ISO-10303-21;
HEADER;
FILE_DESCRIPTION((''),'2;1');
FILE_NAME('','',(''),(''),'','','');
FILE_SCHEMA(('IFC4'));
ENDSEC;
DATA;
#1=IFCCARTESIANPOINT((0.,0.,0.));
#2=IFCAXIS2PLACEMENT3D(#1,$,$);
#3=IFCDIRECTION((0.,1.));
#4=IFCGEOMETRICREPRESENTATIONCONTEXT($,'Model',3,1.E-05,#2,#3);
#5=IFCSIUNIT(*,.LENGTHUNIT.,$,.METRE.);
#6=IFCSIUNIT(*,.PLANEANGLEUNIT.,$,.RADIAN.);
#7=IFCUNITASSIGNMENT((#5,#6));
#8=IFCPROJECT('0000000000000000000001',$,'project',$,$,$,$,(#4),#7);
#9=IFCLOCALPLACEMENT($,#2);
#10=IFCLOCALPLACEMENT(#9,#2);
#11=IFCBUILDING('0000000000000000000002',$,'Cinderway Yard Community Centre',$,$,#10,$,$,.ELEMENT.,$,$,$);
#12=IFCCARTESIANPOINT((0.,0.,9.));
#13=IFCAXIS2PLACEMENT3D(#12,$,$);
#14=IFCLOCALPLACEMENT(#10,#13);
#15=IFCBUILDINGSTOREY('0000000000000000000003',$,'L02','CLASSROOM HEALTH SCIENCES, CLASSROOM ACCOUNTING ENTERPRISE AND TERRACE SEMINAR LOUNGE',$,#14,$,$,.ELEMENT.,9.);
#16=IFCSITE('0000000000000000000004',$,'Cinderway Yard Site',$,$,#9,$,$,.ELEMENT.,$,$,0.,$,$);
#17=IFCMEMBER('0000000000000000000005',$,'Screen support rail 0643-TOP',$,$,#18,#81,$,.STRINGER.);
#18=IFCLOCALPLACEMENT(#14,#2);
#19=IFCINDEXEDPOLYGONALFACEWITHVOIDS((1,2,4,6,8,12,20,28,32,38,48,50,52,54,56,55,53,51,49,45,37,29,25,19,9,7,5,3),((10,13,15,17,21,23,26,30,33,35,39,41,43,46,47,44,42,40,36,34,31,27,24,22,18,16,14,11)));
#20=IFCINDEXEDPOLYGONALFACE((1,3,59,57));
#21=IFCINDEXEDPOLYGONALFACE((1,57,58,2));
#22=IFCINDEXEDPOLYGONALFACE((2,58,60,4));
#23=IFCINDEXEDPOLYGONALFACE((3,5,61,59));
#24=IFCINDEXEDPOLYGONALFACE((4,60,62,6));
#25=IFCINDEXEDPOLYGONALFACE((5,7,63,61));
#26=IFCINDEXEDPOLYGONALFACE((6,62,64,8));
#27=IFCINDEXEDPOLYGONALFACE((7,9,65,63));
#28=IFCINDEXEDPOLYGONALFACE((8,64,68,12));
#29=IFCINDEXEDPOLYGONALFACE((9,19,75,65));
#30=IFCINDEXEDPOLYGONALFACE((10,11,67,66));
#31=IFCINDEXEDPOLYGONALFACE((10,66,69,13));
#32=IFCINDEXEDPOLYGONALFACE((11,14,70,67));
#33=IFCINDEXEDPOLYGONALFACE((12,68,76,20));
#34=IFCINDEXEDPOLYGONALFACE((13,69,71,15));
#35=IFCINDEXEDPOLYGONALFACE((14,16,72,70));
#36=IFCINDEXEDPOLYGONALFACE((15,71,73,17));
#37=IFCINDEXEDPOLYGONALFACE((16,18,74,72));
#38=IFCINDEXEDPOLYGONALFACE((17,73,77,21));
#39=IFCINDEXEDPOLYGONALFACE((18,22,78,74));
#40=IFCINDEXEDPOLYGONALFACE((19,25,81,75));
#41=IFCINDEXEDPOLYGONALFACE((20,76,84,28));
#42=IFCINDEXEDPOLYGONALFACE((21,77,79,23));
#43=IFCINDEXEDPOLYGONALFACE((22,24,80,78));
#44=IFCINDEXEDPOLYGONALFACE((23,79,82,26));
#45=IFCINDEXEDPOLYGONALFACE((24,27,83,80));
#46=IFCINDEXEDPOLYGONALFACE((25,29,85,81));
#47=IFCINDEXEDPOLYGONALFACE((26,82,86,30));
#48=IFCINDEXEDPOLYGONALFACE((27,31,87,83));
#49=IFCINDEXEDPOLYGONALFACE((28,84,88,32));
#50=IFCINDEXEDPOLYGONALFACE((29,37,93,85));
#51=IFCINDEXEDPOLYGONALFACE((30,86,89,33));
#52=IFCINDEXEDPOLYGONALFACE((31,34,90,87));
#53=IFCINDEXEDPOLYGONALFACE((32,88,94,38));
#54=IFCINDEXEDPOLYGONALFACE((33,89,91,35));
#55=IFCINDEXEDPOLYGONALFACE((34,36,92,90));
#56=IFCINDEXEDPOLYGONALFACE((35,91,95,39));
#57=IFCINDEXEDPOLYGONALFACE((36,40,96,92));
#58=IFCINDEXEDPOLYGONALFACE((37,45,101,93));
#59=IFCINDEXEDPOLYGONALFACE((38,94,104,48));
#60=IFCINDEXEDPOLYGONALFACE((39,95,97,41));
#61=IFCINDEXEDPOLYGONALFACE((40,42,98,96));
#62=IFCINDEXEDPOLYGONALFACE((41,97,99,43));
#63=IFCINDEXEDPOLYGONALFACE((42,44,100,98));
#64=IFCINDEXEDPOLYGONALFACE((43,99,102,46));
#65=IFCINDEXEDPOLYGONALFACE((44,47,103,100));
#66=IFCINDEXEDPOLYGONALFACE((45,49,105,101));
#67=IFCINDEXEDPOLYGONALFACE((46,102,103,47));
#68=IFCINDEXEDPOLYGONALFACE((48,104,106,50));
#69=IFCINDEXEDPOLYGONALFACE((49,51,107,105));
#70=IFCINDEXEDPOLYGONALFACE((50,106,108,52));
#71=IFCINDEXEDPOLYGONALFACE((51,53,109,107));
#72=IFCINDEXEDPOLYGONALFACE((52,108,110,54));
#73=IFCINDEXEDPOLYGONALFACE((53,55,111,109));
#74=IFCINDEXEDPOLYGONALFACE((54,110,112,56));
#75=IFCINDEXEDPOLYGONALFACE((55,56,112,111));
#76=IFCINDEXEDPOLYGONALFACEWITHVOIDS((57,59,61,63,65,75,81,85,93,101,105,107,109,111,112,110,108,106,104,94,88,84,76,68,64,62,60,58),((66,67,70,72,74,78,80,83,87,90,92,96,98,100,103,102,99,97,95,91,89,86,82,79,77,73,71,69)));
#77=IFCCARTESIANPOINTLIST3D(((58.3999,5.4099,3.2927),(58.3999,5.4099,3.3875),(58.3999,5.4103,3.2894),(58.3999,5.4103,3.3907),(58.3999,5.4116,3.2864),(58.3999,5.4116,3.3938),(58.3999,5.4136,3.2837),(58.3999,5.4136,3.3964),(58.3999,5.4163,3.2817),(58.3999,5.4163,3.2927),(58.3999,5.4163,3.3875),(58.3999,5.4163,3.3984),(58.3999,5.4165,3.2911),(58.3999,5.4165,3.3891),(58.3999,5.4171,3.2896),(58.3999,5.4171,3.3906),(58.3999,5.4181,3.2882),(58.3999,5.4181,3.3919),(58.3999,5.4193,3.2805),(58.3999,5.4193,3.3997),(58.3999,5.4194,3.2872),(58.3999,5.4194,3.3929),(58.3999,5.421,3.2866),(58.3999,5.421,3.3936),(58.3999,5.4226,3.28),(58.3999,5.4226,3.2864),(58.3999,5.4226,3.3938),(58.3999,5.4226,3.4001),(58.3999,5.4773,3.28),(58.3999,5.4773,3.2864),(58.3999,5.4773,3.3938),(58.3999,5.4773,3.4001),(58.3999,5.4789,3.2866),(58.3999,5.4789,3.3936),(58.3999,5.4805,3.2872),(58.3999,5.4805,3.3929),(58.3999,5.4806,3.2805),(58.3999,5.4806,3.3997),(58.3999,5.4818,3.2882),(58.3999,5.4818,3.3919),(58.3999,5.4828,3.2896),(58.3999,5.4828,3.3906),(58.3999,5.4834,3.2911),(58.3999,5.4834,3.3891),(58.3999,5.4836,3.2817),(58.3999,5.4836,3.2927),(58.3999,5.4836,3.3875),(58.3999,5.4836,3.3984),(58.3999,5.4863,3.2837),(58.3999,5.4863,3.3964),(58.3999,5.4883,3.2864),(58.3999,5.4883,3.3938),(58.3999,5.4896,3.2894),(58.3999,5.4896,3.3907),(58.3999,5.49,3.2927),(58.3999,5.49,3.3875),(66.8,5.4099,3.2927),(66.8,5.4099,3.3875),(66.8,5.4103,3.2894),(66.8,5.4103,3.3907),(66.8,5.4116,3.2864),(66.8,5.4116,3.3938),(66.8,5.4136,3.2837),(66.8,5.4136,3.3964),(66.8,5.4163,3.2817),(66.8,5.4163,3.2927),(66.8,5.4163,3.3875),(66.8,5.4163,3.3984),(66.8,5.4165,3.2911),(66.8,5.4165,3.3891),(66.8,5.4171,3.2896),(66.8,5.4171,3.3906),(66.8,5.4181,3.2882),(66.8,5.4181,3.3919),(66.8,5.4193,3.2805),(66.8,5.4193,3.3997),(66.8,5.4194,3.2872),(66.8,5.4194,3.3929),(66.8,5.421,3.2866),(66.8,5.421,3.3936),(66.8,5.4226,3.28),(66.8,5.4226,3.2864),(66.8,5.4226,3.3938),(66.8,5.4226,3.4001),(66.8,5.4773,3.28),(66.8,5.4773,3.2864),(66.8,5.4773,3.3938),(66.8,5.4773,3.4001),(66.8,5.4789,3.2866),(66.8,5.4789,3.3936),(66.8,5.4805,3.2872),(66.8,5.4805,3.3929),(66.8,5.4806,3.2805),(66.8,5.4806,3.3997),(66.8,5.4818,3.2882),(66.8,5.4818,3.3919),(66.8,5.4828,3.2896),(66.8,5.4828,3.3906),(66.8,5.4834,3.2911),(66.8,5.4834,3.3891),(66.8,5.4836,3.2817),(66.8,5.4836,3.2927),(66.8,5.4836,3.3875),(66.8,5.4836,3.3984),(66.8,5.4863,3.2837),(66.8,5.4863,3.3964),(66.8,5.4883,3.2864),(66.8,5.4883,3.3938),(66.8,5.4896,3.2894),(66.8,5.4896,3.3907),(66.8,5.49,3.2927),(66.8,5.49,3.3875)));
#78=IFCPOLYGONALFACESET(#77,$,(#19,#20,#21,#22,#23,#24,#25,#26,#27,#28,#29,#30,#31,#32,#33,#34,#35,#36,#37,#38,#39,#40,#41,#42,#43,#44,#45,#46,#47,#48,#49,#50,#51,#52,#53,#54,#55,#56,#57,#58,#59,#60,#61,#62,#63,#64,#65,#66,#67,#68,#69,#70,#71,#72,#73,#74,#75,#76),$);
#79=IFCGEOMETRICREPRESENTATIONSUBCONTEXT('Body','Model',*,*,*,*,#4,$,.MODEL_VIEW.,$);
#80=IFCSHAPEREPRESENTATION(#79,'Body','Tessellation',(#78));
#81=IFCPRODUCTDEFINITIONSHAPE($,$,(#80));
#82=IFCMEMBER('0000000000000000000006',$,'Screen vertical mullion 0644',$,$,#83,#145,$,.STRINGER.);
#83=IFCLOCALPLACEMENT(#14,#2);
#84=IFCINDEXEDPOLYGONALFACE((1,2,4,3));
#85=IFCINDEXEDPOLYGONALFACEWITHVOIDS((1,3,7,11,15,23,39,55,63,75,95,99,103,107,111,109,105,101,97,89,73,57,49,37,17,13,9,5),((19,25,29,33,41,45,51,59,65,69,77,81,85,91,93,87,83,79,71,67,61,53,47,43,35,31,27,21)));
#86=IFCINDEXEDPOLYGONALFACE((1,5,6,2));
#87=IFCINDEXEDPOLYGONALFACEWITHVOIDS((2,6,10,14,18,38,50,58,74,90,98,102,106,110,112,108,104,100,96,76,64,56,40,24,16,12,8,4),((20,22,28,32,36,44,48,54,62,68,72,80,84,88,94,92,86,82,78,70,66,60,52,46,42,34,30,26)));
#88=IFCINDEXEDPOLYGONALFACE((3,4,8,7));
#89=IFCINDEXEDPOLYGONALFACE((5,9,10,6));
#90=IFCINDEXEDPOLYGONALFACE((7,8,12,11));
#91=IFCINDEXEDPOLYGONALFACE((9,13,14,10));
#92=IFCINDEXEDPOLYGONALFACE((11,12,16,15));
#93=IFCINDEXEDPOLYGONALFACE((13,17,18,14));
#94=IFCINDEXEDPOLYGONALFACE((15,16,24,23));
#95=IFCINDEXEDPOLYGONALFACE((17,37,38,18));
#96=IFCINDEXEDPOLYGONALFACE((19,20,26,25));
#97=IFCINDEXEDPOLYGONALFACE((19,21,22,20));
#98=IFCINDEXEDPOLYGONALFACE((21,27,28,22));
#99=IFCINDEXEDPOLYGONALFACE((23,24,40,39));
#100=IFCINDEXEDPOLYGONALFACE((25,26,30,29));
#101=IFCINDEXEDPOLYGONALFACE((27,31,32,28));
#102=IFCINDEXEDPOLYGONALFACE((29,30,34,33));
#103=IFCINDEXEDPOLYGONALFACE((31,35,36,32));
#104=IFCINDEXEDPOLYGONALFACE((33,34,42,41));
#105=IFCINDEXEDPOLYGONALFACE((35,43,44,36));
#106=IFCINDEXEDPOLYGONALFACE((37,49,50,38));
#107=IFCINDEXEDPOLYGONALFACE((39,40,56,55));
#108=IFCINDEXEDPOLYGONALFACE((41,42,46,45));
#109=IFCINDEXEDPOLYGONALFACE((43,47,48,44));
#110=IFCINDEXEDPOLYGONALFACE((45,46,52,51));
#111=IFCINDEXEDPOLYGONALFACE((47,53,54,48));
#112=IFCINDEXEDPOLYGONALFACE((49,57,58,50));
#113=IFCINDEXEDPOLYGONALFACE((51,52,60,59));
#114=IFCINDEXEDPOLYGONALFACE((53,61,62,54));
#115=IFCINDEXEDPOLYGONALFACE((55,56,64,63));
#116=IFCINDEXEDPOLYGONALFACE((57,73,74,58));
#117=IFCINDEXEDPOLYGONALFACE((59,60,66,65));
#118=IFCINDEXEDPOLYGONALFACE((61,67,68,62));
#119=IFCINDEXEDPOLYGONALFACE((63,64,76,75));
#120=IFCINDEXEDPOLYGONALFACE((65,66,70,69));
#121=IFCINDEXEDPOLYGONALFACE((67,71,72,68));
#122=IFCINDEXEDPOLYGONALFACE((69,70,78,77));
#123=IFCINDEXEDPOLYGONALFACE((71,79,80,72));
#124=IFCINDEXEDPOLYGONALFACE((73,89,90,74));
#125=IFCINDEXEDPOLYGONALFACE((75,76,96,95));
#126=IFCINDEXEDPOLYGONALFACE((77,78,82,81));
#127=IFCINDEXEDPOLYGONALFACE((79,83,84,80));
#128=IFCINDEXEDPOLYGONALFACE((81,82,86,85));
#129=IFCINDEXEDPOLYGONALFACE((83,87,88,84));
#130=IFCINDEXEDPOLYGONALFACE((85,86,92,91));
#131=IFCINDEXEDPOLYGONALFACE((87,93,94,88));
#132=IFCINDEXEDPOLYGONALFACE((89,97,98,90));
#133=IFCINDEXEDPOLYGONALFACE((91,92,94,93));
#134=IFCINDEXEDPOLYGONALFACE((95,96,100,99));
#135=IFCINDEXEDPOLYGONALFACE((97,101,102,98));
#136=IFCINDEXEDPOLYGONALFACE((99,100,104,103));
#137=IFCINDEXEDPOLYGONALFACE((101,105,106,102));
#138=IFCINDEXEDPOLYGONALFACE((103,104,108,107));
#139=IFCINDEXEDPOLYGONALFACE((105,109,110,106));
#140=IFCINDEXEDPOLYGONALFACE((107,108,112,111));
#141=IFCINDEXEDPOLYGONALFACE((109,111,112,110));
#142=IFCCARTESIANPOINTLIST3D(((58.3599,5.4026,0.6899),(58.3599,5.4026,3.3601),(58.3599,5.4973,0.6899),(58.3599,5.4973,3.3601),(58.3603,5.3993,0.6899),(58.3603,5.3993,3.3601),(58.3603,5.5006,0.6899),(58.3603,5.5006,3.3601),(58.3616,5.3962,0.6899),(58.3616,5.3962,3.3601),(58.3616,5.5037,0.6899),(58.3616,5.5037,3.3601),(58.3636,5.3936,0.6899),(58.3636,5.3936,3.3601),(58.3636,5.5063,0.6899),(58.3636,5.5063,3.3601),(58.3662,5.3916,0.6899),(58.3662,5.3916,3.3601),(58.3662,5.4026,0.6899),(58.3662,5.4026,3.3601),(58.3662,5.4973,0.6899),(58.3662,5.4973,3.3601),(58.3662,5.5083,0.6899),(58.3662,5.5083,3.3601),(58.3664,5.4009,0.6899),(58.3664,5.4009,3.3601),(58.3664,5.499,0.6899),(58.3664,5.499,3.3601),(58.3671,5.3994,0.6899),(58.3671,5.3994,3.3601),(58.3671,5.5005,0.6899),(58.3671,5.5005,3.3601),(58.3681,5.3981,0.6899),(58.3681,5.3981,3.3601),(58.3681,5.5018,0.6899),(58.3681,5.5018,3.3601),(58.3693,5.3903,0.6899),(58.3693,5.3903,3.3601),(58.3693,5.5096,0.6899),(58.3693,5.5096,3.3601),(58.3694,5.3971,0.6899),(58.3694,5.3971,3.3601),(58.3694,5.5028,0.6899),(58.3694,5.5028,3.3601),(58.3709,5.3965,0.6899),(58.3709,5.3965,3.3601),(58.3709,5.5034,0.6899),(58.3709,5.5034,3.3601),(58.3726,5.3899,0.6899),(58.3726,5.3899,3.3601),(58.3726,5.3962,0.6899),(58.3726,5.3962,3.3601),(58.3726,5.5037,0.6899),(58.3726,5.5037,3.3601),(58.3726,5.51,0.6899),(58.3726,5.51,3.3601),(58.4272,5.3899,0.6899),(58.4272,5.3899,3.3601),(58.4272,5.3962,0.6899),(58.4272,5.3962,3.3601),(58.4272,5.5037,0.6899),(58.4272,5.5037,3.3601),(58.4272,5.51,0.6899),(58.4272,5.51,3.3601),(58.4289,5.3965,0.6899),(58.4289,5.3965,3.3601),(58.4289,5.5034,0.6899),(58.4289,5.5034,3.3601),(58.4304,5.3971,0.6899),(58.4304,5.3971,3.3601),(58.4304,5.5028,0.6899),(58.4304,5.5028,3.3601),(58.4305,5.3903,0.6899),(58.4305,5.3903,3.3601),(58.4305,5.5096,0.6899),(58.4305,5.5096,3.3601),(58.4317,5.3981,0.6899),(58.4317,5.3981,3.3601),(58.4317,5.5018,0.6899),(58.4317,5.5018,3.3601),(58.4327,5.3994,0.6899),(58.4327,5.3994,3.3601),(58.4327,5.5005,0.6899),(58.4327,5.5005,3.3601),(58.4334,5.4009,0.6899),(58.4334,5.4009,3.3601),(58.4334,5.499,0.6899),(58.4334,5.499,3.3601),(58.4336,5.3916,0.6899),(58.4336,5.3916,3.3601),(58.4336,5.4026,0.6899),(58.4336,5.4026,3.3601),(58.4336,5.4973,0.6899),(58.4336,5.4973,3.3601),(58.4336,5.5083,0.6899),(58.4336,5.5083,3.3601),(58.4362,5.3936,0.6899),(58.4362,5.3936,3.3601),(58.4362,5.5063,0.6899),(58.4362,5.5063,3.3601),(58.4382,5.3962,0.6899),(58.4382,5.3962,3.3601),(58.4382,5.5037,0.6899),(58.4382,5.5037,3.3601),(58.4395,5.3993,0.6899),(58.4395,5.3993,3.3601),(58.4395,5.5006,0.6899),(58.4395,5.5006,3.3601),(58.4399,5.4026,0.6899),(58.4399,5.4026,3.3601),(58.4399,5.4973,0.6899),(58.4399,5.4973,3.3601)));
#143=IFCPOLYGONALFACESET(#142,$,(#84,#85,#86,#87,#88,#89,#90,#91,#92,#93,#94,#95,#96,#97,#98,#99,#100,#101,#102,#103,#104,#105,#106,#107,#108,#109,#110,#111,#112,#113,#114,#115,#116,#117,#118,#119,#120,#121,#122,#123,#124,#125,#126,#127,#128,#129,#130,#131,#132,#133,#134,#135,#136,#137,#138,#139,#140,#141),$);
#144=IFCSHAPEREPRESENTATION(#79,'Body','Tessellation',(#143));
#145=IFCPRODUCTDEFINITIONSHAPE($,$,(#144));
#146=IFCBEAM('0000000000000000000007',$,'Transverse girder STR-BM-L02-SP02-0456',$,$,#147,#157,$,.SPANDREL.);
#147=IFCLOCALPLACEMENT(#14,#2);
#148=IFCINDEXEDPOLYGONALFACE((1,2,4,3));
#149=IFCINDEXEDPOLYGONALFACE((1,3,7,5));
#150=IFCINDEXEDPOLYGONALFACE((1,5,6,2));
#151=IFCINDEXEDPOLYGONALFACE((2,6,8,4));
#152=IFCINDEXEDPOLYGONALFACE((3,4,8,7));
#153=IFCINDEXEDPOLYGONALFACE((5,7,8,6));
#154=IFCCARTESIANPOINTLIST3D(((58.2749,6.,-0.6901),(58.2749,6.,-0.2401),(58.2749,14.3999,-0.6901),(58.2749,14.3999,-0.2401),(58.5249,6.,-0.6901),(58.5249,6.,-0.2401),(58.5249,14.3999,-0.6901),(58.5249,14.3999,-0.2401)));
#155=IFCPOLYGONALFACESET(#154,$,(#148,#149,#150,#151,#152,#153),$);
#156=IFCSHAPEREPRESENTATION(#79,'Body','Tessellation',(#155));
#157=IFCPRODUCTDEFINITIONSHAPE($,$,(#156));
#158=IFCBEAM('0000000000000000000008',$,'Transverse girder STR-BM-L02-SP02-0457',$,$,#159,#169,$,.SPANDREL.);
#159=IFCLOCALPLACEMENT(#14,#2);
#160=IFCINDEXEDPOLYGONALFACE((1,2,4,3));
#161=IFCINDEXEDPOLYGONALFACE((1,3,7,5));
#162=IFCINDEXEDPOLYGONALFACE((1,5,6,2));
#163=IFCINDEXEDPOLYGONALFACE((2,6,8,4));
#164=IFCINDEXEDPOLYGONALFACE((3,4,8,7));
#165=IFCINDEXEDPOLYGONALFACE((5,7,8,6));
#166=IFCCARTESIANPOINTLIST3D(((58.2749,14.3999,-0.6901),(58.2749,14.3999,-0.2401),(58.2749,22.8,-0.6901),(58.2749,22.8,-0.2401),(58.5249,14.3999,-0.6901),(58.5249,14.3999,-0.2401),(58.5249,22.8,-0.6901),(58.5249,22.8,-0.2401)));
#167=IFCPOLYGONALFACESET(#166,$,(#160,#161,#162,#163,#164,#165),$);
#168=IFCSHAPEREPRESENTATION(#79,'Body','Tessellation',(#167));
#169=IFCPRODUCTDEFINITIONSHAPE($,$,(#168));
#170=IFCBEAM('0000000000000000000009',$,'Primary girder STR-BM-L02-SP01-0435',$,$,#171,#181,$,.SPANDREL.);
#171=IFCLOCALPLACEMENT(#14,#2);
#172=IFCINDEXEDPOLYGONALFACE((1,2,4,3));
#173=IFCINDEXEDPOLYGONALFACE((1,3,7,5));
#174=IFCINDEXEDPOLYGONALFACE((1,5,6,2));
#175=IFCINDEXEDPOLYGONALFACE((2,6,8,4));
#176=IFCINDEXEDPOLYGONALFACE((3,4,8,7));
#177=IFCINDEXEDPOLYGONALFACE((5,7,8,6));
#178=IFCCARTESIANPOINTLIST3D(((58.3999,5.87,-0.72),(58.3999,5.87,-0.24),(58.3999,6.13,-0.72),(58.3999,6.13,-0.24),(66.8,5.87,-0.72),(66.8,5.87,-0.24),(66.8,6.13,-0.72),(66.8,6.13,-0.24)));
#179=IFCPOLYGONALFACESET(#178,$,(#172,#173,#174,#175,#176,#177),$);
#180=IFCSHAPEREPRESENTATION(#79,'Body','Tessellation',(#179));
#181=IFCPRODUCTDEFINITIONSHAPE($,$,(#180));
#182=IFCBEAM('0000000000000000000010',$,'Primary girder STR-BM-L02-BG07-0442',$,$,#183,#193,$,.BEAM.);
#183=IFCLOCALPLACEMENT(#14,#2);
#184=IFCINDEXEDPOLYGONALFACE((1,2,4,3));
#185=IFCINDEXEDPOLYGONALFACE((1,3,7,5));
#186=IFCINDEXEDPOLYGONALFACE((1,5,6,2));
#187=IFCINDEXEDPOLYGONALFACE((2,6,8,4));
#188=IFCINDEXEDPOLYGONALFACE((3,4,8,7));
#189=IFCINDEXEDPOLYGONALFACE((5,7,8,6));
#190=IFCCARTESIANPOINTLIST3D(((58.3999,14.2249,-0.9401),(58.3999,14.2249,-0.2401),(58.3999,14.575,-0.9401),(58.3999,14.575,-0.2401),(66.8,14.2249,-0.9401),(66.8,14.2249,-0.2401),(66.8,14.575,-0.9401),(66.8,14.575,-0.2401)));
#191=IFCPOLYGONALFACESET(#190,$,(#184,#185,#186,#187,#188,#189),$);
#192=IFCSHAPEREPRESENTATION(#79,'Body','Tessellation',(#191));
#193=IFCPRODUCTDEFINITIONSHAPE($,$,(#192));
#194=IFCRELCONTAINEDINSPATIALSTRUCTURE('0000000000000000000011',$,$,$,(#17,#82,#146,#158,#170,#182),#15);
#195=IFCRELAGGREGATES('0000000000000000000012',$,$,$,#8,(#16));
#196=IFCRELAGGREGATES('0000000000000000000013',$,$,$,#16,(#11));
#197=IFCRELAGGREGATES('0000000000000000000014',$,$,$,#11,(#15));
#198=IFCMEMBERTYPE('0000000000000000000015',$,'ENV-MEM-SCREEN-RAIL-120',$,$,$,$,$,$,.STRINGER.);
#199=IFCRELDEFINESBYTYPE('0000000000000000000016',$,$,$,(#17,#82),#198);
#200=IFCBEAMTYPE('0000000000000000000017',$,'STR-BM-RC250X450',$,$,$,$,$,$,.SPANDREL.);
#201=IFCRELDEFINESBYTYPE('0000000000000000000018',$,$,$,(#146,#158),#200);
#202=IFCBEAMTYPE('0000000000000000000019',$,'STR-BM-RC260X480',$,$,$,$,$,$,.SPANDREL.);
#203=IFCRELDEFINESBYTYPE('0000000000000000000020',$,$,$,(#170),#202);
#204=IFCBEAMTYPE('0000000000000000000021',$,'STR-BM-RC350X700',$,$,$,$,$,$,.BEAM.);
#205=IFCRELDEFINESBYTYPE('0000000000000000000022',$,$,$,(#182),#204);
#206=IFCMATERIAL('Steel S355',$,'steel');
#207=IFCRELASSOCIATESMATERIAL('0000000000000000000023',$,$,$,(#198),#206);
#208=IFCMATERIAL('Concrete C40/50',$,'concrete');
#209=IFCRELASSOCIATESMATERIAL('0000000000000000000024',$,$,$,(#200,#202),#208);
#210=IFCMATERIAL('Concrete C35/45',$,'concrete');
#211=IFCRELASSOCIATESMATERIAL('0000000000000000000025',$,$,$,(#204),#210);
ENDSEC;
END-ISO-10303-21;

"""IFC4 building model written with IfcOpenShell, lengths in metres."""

from ifc_helpers import new_model, si_unit, direction, frame, origin, origin_2d, place, context, subcontext, project, spatial, rectangle, hollow_rectangle, extrude, material, material_profile, profile_set, type_object, element, save


model = new_model("IFC4")

# Units and contexts
model_context = context("Model", 3, precision=1e-05, world=origin(), true_north=direction((0.0, 1.0)))
body_context = subcontext(model_context, "Body", "Model", "MODEL_VIEW")
ifc_project = project(units=[si_unit("LENGTHUNIT", "METRE"), si_unit("PLANEANGLEUNIT", "RADIAN")], contexts=[model_context])

# Site, building, storey
site_placement = place(None, origin())
site = spatial("IfcSite", under=ifc_project, at=site_placement, Name="Cinderway Yard Site", CompositionType="ELEMENT", RefElevation=0.0)
building_placement = place(site_placement, origin())
building = spatial("IfcBuilding", under=site, at=building_placement, Name="Cinderway Yard Community Centre", CompositionType="ELEMENT")
storey_placement = place(building_placement, frame((0.0, 0.0, 9.0)))
storey = spatial("IfcBuildingStorey", under=building, at=storey_placement, Name="L02", Description="CLASSROOM HEALTH SCIENCES, CLASSROOM ACCOUNTING ENTERPRISE AND TERRACE SEMINAR LOUNGE", CompositionType="ELEMENT", Elevation=9.0)

# Shared definitions
ifc_material_1 = material(Name="Concrete C40/50", Category="concrete")

# Members
ifc_material_2 = material(Name="Steel S355", Category="steel")
ifc_material_profile_1 = material_profile(ifc_material_2, hollow_rectangle(XDim=0.0801, YDim=0.1201, WallThickness=0.0063, InnerFilletRadius=0.0063, OuterFilletRadius=0.0127, at=origin_2d()), Name="Steel S355")
ifc_profile_set_1 = profile_set([ifc_material_profile_1], Name="Steel S355")
member_type_1 = type_object("IfcMemberType", Name="ENV-MEM-SCREEN-RAIL-120", PredefinedType="STRINGER", material=ifc_profile_set_1)
for number, where, z_axis, x_axis, name in (
    (1, (58.3999, 5.45, 3.3401), (1.0, 0.0, 0.0), (0.0, 1.0, 0.0), "Screen support rail 0643-TOP"),
):
    element("IfcMember", number, at=place(storey_placement, frame(where, z_axis=z_axis, x_axis=x_axis)), inside=storey, type_object=member_type_1, Name=name, PredefinedType="STRINGER", context=body_context, shape_type="SweptSolid", body=[
        extrude(hollow_rectangle(XDim=0.0801, YDim=0.1201, WallThickness=0.0063, InnerFilletRadius=0.0063, OuterFilletRadius=0.0127, at=origin_2d()), origin(), (0.0, 0.0, 1.0), 8.4001),
    ])
member_1_placement = place(storey_placement, frame((58.3999, 5.45, 0.6899), z_axis=(0.0, 0.0, 1.0), x_axis=(1.0, 0.0, 0.0)))
element("IfcMember", 2, at=member_1_placement, inside=storey, type_object=member_type_1, Name="Screen vertical mullion 0644", PredefinedType="STRINGER", context=body_context, shape_type="SweptSolid", body=[
    extrude(hollow_rectangle(XDim=0.0801, YDim=0.1201, WallThickness=0.0063, InnerFilletRadius=0.0063, OuterFilletRadius=0.0127, at=origin_2d()), origin(), (0.0, 0.0, 1.0), 2.6702),
])

# Beams
ifc_material_profile_2 = material_profile(ifc_material_1, rectangle(XDim=0.25, YDim=0.45, at=origin_2d()), Name="Concrete C40/50")
ifc_profile_set_2 = profile_set([ifc_material_profile_2], Name="Concrete C40/50")
beam_type_1 = type_object("IfcBeamType", Name="STR-BM-RC250X450", PredefinedType="SPANDREL", material=ifc_profile_set_2)
beam_1_placement = place(storey_placement, frame((58.3999, 6.0, -0.4651), z_axis=(0.0, 1.0, 0.0), x_axis=(-1.0, 0.0, 0.0)))
element("IfcBeam", 3, at=beam_1_placement, inside=storey, type_object=beam_type_1, Name="Transverse girder STR-BM-L02-SP02-0456", PredefinedType="SPANDREL", context=body_context, shape_type="SweptSolid", body=[
    extrude(rectangle(XDim=0.25, YDim=0.45, at=origin_2d()), origin(), (0.0, 0.0, 1.0), 8.3999),
])
beam_2_placement = place(storey_placement, frame((58.3999, 14.3999, -0.4651), z_axis=(0.0, 1.0, 0.0), x_axis=(-1.0, 0.0, 0.0)))
element("IfcBeam", 4, at=beam_2_placement, inside=storey, type_object=beam_type_1, Name="Transverse girder STR-BM-L02-SP02-0457", PredefinedType="SPANDREL", context=body_context, shape_type="SweptSolid", body=[
    extrude(rectangle(XDim=0.25, YDim=0.45, at=origin_2d()), origin(), (0.0, 0.0, 1.0), 8.4001),
])
ifc_material_profile_3 = material_profile(ifc_material_1, rectangle(XDim=0.26, YDim=0.48, at=origin_2d()), Name="Concrete C40/50")
ifc_profile_set_3 = profile_set([ifc_material_profile_3], Name="Concrete C40/50")
beam_type_2 = type_object("IfcBeamType", Name="STR-BM-RC260X480", PredefinedType="SPANDREL", material=ifc_profile_set_3)
beam_3_placement = place(storey_placement, frame((58.3999, 6.0, -0.48), z_axis=(1.0, 0.0, 0.0), x_axis=(0.0, 1.0, 0.0)))
element("IfcBeam", 5, at=beam_3_placement, inside=storey, type_object=beam_type_2, Name="Primary girder STR-BM-L02-SP01-0435", PredefinedType="SPANDREL", context=body_context, shape_type="SweptSolid", body=[
    extrude(rectangle(XDim=0.26, YDim=0.48, at=origin_2d()), origin(), (0.0, 0.0, 1.0), 8.4001),
])
ifc_material_3 = material(Name="Concrete C35/45", Category="concrete")
ifc_material_profile_4 = material_profile(ifc_material_3, rectangle(XDim=0.3501, YDim=0.7, at=origin_2d()), Name="Concrete C35/45")
ifc_profile_set_4 = profile_set([ifc_material_profile_4], Name="Concrete C35/45")
beam_type_3 = type_object("IfcBeamType", Name="STR-BM-RC350X700", PredefinedType="BEAM", material=ifc_profile_set_4)
beam_4_placement = place(storey_placement, frame((58.3999, 14.3999, -0.5901), z_axis=(1.0, 0.0, 0.0), x_axis=(0.0, 1.0, 0.0)))
element("IfcBeam", 6, at=beam_4_placement, inside=storey, type_object=beam_type_3, Name="Primary girder STR-BM-L02-BG07-0442", PredefinedType="BEAM", context=body_context, shape_type="SweptSolid", body=[
    extrude(rectangle(XDim=0.3501, YDim=0.7, at=origin_2d()), origin(), (0.0, 0.0, 1.0), 8.4001),
])

save(model, "model.ifc")
